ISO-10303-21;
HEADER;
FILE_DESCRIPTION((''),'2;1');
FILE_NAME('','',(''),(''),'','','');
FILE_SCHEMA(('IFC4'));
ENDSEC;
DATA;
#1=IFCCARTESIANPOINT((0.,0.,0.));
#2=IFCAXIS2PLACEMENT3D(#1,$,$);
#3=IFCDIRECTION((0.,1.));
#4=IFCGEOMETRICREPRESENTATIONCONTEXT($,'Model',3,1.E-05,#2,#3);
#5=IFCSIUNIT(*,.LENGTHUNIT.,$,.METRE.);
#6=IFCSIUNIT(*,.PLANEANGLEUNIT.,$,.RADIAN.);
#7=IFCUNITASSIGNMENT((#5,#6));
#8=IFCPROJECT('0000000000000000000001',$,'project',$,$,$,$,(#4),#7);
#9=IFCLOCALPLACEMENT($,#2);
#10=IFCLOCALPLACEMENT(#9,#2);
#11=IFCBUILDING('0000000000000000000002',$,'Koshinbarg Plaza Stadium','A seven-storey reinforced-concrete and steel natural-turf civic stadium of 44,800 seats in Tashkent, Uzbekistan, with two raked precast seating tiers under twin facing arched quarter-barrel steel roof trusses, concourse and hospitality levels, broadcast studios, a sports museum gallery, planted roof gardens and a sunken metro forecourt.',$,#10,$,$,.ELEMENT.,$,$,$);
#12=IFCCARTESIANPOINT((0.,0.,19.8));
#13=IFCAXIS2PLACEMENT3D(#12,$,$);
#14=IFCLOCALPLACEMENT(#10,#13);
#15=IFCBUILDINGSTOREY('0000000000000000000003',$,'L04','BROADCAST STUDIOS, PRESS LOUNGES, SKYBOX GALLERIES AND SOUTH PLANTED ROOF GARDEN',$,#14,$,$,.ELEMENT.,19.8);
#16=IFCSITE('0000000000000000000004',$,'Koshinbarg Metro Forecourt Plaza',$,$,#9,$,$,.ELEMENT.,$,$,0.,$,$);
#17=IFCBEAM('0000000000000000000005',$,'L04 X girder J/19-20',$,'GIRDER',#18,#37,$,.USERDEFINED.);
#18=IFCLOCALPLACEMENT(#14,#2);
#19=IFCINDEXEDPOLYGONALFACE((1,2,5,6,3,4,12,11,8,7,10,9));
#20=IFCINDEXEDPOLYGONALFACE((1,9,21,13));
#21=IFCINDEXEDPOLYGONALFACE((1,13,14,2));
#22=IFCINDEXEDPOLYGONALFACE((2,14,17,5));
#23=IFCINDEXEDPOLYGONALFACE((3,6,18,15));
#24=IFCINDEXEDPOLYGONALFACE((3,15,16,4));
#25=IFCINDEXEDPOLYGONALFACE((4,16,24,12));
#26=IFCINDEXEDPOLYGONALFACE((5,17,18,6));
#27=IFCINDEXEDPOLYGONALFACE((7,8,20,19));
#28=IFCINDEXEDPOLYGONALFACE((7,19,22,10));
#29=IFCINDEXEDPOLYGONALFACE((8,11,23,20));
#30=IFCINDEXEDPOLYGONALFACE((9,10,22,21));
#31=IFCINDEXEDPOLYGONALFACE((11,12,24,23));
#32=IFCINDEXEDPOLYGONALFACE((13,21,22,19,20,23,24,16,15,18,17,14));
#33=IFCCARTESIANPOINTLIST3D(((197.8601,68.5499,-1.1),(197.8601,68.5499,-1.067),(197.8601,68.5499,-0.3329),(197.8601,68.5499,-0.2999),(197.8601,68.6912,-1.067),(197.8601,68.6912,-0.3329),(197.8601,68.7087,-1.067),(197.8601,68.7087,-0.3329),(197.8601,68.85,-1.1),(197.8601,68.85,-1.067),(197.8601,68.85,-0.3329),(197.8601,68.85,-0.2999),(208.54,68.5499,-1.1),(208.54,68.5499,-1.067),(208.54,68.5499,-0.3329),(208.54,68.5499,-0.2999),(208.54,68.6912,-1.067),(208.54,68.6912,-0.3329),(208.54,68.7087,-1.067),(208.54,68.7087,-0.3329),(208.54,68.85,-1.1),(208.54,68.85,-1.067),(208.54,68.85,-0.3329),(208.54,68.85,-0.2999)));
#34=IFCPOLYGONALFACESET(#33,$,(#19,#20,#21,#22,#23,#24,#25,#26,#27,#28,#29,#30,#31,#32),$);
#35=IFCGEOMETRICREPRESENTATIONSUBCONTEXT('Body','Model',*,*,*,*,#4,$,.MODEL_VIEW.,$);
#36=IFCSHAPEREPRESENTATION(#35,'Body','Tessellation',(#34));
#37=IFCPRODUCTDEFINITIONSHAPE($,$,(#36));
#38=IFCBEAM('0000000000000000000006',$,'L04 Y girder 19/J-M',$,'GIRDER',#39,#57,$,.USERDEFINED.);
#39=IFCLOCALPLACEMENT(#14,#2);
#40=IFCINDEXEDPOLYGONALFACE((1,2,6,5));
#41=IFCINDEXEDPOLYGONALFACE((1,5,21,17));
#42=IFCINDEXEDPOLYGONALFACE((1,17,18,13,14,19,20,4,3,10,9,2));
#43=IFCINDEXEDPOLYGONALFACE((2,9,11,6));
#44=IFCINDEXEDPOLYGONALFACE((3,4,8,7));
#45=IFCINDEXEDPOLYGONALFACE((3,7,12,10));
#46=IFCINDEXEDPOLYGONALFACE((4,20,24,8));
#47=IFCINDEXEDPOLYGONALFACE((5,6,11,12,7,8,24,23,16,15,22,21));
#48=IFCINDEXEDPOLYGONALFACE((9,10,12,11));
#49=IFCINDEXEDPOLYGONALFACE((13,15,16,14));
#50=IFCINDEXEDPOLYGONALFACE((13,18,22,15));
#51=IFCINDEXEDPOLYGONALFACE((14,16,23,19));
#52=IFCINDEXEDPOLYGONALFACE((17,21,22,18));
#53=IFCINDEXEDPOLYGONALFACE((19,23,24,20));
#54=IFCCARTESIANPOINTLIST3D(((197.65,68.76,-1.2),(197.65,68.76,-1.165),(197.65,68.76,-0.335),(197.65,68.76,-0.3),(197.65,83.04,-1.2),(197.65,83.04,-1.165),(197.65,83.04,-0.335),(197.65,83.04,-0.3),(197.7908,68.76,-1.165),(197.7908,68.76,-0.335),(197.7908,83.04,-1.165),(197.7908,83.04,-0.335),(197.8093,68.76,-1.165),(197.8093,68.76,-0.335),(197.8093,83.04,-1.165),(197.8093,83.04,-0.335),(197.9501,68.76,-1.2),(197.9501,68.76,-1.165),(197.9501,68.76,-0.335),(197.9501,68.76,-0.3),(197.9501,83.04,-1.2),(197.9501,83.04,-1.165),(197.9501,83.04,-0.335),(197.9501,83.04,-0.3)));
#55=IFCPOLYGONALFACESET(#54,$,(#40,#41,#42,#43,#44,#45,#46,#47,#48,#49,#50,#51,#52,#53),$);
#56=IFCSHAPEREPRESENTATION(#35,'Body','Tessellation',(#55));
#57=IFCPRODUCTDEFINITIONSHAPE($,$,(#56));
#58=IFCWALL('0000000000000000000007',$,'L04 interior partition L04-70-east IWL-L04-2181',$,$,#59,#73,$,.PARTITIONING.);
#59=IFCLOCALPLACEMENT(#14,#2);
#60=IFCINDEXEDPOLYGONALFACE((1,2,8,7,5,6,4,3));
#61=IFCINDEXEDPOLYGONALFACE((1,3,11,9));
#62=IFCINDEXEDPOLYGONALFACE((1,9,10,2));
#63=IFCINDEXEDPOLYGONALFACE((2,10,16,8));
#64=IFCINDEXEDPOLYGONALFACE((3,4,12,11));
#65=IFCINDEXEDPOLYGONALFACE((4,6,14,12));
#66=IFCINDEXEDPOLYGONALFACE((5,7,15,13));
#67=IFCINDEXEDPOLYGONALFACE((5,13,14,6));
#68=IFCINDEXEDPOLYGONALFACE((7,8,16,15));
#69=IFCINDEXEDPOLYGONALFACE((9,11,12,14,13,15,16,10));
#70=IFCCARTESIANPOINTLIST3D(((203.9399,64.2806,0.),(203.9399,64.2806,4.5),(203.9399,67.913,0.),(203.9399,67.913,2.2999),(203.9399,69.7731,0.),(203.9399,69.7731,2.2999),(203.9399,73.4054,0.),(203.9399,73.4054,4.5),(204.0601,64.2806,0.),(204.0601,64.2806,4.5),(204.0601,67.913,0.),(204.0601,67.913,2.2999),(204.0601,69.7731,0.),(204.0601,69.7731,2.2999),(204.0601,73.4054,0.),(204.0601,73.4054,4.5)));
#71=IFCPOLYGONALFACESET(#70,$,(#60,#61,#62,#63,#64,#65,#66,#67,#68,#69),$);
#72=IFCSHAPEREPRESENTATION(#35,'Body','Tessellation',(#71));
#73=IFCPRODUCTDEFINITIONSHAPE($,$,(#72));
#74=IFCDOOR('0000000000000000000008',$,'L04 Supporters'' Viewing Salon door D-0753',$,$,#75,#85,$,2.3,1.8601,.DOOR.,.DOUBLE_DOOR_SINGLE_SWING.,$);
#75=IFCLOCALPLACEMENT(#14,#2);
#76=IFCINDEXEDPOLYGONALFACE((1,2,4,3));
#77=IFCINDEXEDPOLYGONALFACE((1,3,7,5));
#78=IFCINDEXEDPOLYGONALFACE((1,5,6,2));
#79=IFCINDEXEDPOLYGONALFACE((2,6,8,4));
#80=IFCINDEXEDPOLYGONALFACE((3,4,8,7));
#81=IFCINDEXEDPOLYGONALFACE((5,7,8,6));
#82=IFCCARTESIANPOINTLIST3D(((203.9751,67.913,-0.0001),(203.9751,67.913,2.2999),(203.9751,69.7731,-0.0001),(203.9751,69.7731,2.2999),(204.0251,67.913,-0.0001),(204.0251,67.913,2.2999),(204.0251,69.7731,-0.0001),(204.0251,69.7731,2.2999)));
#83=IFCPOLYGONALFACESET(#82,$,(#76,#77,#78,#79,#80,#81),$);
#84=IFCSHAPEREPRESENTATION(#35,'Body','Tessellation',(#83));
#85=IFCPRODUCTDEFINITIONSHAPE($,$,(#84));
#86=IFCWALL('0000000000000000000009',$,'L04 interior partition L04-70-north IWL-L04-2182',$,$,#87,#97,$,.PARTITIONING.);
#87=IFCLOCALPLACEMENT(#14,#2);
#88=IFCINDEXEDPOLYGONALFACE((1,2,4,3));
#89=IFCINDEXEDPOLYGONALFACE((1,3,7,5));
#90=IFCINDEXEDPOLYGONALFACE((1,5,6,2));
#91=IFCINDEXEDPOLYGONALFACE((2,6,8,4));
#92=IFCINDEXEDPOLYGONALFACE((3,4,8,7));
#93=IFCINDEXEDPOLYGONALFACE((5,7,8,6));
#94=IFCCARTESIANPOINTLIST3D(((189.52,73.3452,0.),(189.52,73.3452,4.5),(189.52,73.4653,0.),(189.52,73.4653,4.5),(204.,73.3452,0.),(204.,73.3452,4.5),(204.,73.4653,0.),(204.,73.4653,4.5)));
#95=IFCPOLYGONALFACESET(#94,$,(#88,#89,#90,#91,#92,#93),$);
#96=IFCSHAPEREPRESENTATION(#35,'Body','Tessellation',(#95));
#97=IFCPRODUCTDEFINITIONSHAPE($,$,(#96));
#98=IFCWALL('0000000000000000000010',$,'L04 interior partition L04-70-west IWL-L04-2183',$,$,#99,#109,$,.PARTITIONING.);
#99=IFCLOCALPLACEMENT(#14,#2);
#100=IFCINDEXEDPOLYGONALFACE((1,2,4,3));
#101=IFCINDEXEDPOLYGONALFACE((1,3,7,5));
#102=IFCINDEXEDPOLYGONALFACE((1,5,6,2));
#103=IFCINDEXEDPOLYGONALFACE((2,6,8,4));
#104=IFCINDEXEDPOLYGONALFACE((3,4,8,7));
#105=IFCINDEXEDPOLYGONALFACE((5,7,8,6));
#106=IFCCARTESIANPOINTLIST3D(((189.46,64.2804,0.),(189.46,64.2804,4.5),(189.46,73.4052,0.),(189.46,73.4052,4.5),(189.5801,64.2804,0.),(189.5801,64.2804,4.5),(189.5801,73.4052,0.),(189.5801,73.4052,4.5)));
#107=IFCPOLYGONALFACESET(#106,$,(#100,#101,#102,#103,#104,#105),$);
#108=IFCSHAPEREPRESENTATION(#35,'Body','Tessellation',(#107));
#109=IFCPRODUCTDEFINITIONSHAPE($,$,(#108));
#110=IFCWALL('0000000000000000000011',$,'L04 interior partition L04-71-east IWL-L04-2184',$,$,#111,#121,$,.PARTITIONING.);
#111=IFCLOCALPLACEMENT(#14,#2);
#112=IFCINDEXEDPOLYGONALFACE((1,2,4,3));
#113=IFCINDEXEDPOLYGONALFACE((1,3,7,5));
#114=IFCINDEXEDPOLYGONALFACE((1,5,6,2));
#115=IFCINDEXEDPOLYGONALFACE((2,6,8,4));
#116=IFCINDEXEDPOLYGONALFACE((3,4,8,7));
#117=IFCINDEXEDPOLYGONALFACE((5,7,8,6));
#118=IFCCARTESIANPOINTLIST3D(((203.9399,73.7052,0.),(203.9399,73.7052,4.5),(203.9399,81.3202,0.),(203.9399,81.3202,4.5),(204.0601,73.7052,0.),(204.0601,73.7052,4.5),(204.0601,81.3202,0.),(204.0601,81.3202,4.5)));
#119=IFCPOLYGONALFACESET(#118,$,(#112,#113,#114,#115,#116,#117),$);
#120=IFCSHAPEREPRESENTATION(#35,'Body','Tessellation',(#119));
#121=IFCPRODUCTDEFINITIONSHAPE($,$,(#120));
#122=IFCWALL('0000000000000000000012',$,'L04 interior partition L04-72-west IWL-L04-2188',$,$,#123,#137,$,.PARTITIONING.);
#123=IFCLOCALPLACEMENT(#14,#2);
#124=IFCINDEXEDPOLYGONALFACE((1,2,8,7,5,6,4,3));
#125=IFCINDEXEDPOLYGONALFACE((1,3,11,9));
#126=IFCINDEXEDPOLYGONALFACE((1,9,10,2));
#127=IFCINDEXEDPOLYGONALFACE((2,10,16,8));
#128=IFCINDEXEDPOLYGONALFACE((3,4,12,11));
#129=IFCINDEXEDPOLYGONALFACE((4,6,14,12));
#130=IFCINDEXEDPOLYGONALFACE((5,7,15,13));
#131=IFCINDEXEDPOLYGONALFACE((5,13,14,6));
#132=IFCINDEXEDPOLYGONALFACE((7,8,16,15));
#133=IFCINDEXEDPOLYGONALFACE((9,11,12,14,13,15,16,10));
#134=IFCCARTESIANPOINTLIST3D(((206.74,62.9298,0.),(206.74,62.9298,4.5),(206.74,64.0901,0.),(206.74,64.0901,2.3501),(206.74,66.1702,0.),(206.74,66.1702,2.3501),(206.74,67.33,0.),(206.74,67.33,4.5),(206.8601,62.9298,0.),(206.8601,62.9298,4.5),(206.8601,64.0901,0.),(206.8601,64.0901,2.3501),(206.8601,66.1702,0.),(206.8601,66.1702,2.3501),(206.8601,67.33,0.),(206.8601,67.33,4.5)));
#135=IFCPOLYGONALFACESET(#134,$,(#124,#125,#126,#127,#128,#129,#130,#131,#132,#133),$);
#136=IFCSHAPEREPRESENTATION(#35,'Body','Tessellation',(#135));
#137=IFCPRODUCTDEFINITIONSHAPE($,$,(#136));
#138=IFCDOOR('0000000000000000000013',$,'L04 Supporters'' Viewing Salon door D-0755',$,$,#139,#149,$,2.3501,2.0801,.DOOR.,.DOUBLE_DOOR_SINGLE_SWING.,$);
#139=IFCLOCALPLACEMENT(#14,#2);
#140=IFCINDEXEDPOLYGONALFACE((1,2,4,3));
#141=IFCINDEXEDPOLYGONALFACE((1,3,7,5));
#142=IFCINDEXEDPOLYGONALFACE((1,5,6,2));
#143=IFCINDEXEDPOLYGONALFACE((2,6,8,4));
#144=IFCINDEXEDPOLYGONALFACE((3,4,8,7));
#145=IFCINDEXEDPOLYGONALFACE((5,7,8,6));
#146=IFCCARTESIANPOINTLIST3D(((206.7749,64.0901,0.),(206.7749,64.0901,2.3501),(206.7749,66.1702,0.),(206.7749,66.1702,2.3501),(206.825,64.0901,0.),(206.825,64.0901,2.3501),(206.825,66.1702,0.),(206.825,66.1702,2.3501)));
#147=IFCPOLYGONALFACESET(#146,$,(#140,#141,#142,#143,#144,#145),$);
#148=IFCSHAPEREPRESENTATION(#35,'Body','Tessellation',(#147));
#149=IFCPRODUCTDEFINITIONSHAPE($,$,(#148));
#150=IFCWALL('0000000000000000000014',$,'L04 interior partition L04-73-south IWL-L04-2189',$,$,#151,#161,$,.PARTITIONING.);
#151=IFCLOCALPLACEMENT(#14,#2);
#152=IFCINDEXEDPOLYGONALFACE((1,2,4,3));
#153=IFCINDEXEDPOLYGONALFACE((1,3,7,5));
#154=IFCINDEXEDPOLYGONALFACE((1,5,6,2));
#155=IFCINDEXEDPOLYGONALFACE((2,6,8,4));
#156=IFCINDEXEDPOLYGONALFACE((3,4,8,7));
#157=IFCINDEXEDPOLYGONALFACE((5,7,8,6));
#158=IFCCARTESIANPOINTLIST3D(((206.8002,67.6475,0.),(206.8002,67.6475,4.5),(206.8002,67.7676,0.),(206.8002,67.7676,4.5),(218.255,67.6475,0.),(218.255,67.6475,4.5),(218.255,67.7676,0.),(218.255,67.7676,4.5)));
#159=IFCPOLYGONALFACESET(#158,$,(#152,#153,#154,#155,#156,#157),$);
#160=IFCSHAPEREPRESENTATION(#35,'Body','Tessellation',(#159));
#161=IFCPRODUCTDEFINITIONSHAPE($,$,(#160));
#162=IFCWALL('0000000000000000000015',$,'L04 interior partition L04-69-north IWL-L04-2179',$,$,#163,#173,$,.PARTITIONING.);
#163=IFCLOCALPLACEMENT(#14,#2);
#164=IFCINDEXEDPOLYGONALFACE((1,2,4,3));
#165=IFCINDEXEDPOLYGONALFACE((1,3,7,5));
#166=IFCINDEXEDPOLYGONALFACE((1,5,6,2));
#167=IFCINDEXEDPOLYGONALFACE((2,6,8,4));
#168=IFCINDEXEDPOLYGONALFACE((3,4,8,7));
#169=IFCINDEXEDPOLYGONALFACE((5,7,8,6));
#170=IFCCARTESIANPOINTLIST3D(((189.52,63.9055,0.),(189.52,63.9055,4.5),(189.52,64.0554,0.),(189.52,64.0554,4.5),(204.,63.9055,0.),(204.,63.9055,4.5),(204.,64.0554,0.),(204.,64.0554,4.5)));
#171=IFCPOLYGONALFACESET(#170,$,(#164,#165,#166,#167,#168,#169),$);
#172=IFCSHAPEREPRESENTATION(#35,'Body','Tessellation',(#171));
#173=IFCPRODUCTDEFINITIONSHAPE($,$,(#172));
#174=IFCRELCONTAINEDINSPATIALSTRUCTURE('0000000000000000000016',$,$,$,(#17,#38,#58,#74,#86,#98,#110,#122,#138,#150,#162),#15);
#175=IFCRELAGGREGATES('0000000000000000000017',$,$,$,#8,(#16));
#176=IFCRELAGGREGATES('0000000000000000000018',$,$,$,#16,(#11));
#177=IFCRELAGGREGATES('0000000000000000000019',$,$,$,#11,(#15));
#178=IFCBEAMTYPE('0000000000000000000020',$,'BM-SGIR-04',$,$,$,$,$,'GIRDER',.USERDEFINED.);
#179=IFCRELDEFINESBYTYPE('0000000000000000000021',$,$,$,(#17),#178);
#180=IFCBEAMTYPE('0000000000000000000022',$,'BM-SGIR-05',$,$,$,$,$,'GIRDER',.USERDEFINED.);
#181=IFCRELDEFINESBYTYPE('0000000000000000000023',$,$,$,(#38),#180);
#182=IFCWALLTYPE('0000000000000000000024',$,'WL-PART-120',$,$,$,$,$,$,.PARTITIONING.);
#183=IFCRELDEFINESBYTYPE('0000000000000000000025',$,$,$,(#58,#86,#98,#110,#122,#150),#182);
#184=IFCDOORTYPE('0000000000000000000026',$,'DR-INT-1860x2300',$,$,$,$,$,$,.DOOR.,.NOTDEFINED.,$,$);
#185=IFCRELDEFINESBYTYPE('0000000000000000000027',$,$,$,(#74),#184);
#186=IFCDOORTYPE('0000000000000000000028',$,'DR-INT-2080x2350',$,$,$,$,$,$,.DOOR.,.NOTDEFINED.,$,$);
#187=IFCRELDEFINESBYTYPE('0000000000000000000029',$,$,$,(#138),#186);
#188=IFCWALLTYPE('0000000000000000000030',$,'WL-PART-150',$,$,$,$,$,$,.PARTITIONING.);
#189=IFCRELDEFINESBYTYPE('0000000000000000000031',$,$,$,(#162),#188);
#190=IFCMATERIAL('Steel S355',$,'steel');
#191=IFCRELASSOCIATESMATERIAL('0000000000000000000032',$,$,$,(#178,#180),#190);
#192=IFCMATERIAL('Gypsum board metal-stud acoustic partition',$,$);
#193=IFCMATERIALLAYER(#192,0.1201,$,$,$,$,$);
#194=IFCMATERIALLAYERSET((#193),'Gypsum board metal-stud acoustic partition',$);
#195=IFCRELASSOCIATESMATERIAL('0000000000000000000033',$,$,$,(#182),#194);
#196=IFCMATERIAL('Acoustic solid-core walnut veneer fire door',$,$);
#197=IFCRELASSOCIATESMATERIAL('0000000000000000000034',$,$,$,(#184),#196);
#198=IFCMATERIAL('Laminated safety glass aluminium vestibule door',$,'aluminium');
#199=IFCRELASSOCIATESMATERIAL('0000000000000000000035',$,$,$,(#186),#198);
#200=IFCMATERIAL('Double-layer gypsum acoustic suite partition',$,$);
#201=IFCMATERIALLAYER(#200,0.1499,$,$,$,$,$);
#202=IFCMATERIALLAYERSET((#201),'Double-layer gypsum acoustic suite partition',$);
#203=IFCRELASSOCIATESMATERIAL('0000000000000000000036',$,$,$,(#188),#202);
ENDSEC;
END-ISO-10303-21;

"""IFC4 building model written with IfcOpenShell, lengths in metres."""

from ifc_helpers import new_model, si_unit, direction, frame, frame_2d, origin, origin_2d, place, context, subcontext, project, spatial, rectangle, i_section, extrude, material, layer, layer_set, material_profile, profile_set, type_object, element, fill, save


model = new_model("IFC4")

# Units and contexts
model_context = context("Model", 3, precision=1e-05, world=origin(), true_north=direction((0.0, 1.0)))
body_context = subcontext(model_context, "Body", "Model", "MODEL_VIEW")
ifc_project = project(units=[si_unit("LENGTHUNIT", "METRE"), si_unit("PLANEANGLEUNIT", "RADIAN")], contexts=[model_context])

# Site, building, storey
site_placement = place(None, origin())
site = spatial("IfcSite", under=ifc_project, at=site_placement, Name="Koshinbarg Metro Forecourt Plaza", CompositionType="ELEMENT", RefElevation=0.0)
building_placement = place(site_placement, origin())
building = spatial("IfcBuilding", under=site, at=building_placement, Name="Koshinbarg Plaza Stadium", Description="A seven-storey reinforced-concrete and steel natural-turf civic stadium of 44,800 seats in Tashkent, Uzbekistan, with two raked precast seating tiers under twin facing arched quarter-barrel steel roof trusses, concourse and hospitality levels, broadcast studios, a sports museum gallery, planted roof gardens and a sunken metro forecourt.", CompositionType="ELEMENT")
storey_placement = place(building_placement, frame((0.0, 0.0, 19.8)))
storey = spatial("IfcBuildingStorey", under=building, at=storey_placement, Name="L04", Description="BROADCAST STUDIOS, PRESS LOUNGES, SKYBOX GALLERIES AND SOUTH PLANTED ROOF GARDEN", CompositionType="ELEMENT", Elevation=19.8)

# Shared definitions
ifc_material_1 = material(Name="Steel S355", Category="steel")

# Beams
ifc_material_profile_1 = material_profile(ifc_material_1, i_section(OverallWidth=0.3, OverallDepth=0.8, WebThickness=0.0176, FlangeThickness=0.033, at=origin_2d()), Name="HEB 800")
ifc_profile_set_1 = profile_set([ifc_material_profile_1], Name="Steel S355")
beam_type_1 = type_object("IfcBeamType", Name="BM-SGIR-04", ElementType="GIRDER", PredefinedType="USERDEFINED", material=ifc_profile_set_1)
beam_1_placement = place(storey_placement, frame((197.8601, 68.7, -0.7), z_axis=(1.0, 0.0, 0.0), x_axis=(0.0, 1.0, 0.0)))
element("IfcBeam", 1, at=beam_1_placement, inside=storey, type_object=beam_type_1, Name="L04 X girder J/19-20", ObjectType="GIRDER", PredefinedType="USERDEFINED", context=body_context, shape_type="SweptSolid", body=[
    extrude(i_section(OverallWidth=0.3, OverallDepth=0.8, WebThickness=0.0176, FlangeThickness=0.033, at=origin_2d()), origin(), (0.0, 0.0, 1.0), 10.6799),
])
ifc_material_profile_2 = material_profile(ifc_material_1, i_section(OverallWidth=0.3, OverallDepth=0.8999, WebThickness=0.0186, FlangeThickness=0.0349, at=origin_2d()), Name="HEB 900")
ifc_profile_set_2 = profile_set([ifc_material_profile_2], Name="Steel S355")
beam_type_2 = type_object("IfcBeamType", Name="BM-SGIR-05", ElementType="GIRDER", PredefinedType="USERDEFINED", material=ifc_profile_set_2)
beam_2_placement = place(storey_placement, frame((197.8, 68.76, -0.75), z_axis=(0.0, 1.0, 0.0), x_axis=(-1.0, 0.0, 0.0)))
element("IfcBeam", 2, at=beam_2_placement, inside=storey, type_object=beam_type_2, Name="L04 Y girder 19/J-M", ObjectType="GIRDER", PredefinedType="USERDEFINED", context=body_context, shape_type="SweptSolid", body=[
    extrude(i_section(OverallWidth=0.3, OverallDepth=0.8999, WebThickness=0.0186, FlangeThickness=0.0349, at=origin_2d()), origin(), (0.0, 0.0, 1.0), 14.28),
])

# Wall, opening, door
ifc_material_2 = material(Name="Gypsum board metal-stud acoustic partition")
ifc_layer_1 = layer(ifc_material_2, 0.1201)
ifc_layer_set_1 = layer_set([ifc_layer_1], Name="Gypsum board metal-stud acoustic partition")
wall_type_1 = type_object("IfcWallType", Name="WL-PART-120", PredefinedType="PARTITIONING", material=ifc_layer_set_1)
wall_1_placement = place(storey_placement, frame((204.0, 64.2805, 0.0), z_axis=(0.0, 0.0, 1.0), x_axis=(0.0, 1.0, 0.0)))
wall_1 = element("IfcWall", 3, at=wall_1_placement, inside=storey, type_object=wall_type_1, Name="L04 interior partition L04-70-east IWL-L04-2181", PredefinedType="PARTITIONING", context=body_context, shape_type="SweptSolid", body=[
    extrude(rectangle(XDim=9.1248, YDim=0.1201, at=frame_2d((4.5625, 0.0))), origin(), (0.0, 0.0, 1.0), 4.5),
])
opening_1_placement = place(wall_1_placement, frame((3.6323, 0.0, 0.0)))
opening_1 = element("IfcOpeningElement", 4, at=opening_1_placement, cuts=wall_1, PredefinedType="OPENING", context=body_context, shape_type="SweptSolid", body=[
    extrude(rectangle(XDim=1.8601, YDim=2.3, at=frame_2d((0.9302, 1.1499))), frame((0.0, 0.0701, 0.0), z_axis=(0.0, -1.0, 0.0), x_axis=(1.0, 0.0, 0.0)), (0.0, 0.0, 1.0), 0.1401),
])
ifc_material_3 = material(Name="Acoustic solid-core walnut veneer fire door")
door_type_1 = type_object("IfcDoorType", Name="DR-INT-1860x2300", OperationType="NOTDEFINED", PredefinedType="DOOR", material=ifc_material_3)
door_1_placement = place(opening_1_placement, origin())
door_1 = element("IfcDoor", 5, at=door_1_placement, inside=storey, type_object=door_type_1, Name="L04 Supporters' Viewing Salon door D-0753", OperationType="DOUBLE_DOOR_SINGLE_SWING", OverallHeight=2.3, OverallWidth=1.8601, PredefinedType="DOOR", context=body_context, shape_type="SweptSolid", body=[
    extrude(rectangle(XDim=1.8601, YDim=2.3, at=frame_2d((0.9302, 1.1499))), frame((0.0, 0.0249, 0.0), z_axis=(0.0, -1.0, 0.0), x_axis=(1.0, 0.0, 0.0)), (0.0, 0.0, 1.0), 0.05),
])
fill(opening_1, door_1)

# Walls
wall_2_placement = place(storey_placement, frame((204.0, 73.4053, 0.0), z_axis=(0.0, 0.0, 1.0), x_axis=(-1.0, 0.0, 0.0)))
element("IfcWall", 6, at=wall_2_placement, inside=storey, type_object=wall_type_1, Name="L04 interior partition L04-70-north IWL-L04-2182", PredefinedType="PARTITIONING", context=body_context, shape_type="SweptSolid", body=[
    extrude(rectangle(XDim=14.48, YDim=0.1201, at=frame_2d((7.24, 0.0))), origin(), (0.0, 0.0, 1.0), 4.5),
])
wall_3_placement = place(storey_placement, frame((189.52, 73.4053, 0.0), z_axis=(0.0, 0.0, 1.0), x_axis=(0.0, -1.0, 0.0)))
element("IfcWall", 7, at=wall_3_placement, inside=storey, type_object=wall_type_1, Name="L04 interior partition L04-70-west IWL-L04-2183", PredefinedType="PARTITIONING", context=body_context, shape_type="SweptSolid", body=[
    extrude(rectangle(XDim=9.1248, YDim=0.1201, at=frame_2d((4.5625, 0.0))), origin(), (0.0, 0.0, 1.0), 4.5),
])
wall_4_placement = place(storey_placement, frame((204.0, 73.7051, 0.0), z_axis=(0.0, 0.0, 1.0), x_axis=(0.0, 1.0, 0.0)))
element("IfcWall", 8, at=wall_4_placement, inside=storey, type_object=wall_type_1, Name="L04 interior partition L04-71-east IWL-L04-2184", PredefinedType="PARTITIONING", context=body_context, shape_type="SweptSolid", body=[
    extrude(rectangle(XDim=7.615, YDim=0.1201, at=frame_2d((3.8076, 0.0))), origin(), (0.0, 0.0, 1.0), 4.5),
])

# Wall, opening, door
wall_5_placement = place(storey_placement, frame((206.8, 67.3301, 0.0), z_axis=(0.0, 0.0, 1.0), x_axis=(0.0, -1.0, 0.0)))
wall_5 = element("IfcWall", 9, at=wall_5_placement, inside=storey, type_object=wall_type_1, Name="L04 interior partition L04-72-west IWL-L04-2188", PredefinedType="PARTITIONING", context=body_context, shape_type="SweptSolid", body=[
    extrude(rectangle(XDim=4.4001, YDim=0.1201, at=frame_2d((2.2002, 0.0))), origin(), (0.0, 0.0, 1.0), 4.5),
])
opening_2_placement = place(wall_5_placement, frame((1.1599, 0.0, 0.0)))
opening_2 = element("IfcOpeningElement", 10, at=opening_2_placement, cuts=wall_5, PredefinedType="OPENING", context=body_context, shape_type="SweptSolid", body=[
    extrude(rectangle(XDim=2.0801, YDim=2.3501, at=frame_2d((1.04, 1.175))), frame((0.0, 0.0701, 0.0), z_axis=(0.0, -1.0, 0.0), x_axis=(1.0, 0.0, 0.0)), (0.0, 0.0, 1.0), 0.1401),
])
ifc_material_4 = material(Name="Laminated safety glass aluminium vestibule door", Category="aluminium")
door_type_2 = type_object("IfcDoorType", Name="DR-INT-2080x2350", OperationType="NOTDEFINED", PredefinedType="DOOR", material=ifc_material_4)
door_2_placement = place(opening_2_placement, origin())
door_2 = element("IfcDoor", 11, at=door_2_placement, inside=storey, type_object=door_type_2, Name="L04 Supporters' Viewing Salon door D-0755", OperationType="DOUBLE_DOOR_SINGLE_SWING", OverallHeight=2.3501, OverallWidth=2.0801, PredefinedType="DOOR", context=body_context, shape_type="SweptSolid", body=[
    extrude(rectangle(XDim=2.0801, YDim=2.3501, at=frame_2d((1.04, 1.175))), frame((0.0, 0.0249, 0.0), z_axis=(0.0, -1.0, 0.0), x_axis=(1.0, 0.0, 0.0)), (0.0, 0.0, 1.0), 0.05),
])
fill(opening_2, door_2)

# Walls
wall_6_placement = place(storey_placement, frame((206.8, 67.7075, 0.0), z_axis=(0.0, 0.0, 1.0), x_axis=(1.0, 0.0, 0.0)))
element("IfcWall", 12, at=wall_6_placement, inside=storey, type_object=wall_type_1, Name="L04 interior partition L04-73-south IWL-L04-2189", PredefinedType="PARTITIONING", context=body_context, shape_type="SweptSolid", body=[
    extrude(rectangle(XDim=11.4548, YDim=0.1201, at=frame_2d((5.7275, 0.0))), origin(), (0.0, 0.0, 1.0), 4.5),
])
ifc_material_5 = material(Name="Double-layer gypsum acoustic suite partition")
ifc_layer_2 = layer(ifc_material_5, 0.1499)
ifc_layer_set_2 = layer_set([ifc_layer_2], Name="Double-layer gypsum acoustic suite partition")
wall_type_2 = type_object("IfcWallType", Name="WL-PART-150", PredefinedType="PARTITIONING", material=ifc_layer_set_2)
wall_7_placement = place(storey_placement, frame((204.0, 63.9805, 0.0), z_axis=(0.0, 0.0, 1.0), x_axis=(-1.0, 0.0, 0.0)))
element("IfcWall", 13, at=wall_7_placement, inside=storey, type_object=wall_type_2, Name="L04 interior partition L04-69-north IWL-L04-2179", PredefinedType="PARTITIONING", context=body_context, shape_type="SweptSolid", body=[
    extrude(rectangle(XDim=14.48, YDim=0.1499, at=frame_2d((7.24, 0.0))), origin(), (0.0, 0.0, 1.0), 4.5),
])

save(model, "model.ifc")
